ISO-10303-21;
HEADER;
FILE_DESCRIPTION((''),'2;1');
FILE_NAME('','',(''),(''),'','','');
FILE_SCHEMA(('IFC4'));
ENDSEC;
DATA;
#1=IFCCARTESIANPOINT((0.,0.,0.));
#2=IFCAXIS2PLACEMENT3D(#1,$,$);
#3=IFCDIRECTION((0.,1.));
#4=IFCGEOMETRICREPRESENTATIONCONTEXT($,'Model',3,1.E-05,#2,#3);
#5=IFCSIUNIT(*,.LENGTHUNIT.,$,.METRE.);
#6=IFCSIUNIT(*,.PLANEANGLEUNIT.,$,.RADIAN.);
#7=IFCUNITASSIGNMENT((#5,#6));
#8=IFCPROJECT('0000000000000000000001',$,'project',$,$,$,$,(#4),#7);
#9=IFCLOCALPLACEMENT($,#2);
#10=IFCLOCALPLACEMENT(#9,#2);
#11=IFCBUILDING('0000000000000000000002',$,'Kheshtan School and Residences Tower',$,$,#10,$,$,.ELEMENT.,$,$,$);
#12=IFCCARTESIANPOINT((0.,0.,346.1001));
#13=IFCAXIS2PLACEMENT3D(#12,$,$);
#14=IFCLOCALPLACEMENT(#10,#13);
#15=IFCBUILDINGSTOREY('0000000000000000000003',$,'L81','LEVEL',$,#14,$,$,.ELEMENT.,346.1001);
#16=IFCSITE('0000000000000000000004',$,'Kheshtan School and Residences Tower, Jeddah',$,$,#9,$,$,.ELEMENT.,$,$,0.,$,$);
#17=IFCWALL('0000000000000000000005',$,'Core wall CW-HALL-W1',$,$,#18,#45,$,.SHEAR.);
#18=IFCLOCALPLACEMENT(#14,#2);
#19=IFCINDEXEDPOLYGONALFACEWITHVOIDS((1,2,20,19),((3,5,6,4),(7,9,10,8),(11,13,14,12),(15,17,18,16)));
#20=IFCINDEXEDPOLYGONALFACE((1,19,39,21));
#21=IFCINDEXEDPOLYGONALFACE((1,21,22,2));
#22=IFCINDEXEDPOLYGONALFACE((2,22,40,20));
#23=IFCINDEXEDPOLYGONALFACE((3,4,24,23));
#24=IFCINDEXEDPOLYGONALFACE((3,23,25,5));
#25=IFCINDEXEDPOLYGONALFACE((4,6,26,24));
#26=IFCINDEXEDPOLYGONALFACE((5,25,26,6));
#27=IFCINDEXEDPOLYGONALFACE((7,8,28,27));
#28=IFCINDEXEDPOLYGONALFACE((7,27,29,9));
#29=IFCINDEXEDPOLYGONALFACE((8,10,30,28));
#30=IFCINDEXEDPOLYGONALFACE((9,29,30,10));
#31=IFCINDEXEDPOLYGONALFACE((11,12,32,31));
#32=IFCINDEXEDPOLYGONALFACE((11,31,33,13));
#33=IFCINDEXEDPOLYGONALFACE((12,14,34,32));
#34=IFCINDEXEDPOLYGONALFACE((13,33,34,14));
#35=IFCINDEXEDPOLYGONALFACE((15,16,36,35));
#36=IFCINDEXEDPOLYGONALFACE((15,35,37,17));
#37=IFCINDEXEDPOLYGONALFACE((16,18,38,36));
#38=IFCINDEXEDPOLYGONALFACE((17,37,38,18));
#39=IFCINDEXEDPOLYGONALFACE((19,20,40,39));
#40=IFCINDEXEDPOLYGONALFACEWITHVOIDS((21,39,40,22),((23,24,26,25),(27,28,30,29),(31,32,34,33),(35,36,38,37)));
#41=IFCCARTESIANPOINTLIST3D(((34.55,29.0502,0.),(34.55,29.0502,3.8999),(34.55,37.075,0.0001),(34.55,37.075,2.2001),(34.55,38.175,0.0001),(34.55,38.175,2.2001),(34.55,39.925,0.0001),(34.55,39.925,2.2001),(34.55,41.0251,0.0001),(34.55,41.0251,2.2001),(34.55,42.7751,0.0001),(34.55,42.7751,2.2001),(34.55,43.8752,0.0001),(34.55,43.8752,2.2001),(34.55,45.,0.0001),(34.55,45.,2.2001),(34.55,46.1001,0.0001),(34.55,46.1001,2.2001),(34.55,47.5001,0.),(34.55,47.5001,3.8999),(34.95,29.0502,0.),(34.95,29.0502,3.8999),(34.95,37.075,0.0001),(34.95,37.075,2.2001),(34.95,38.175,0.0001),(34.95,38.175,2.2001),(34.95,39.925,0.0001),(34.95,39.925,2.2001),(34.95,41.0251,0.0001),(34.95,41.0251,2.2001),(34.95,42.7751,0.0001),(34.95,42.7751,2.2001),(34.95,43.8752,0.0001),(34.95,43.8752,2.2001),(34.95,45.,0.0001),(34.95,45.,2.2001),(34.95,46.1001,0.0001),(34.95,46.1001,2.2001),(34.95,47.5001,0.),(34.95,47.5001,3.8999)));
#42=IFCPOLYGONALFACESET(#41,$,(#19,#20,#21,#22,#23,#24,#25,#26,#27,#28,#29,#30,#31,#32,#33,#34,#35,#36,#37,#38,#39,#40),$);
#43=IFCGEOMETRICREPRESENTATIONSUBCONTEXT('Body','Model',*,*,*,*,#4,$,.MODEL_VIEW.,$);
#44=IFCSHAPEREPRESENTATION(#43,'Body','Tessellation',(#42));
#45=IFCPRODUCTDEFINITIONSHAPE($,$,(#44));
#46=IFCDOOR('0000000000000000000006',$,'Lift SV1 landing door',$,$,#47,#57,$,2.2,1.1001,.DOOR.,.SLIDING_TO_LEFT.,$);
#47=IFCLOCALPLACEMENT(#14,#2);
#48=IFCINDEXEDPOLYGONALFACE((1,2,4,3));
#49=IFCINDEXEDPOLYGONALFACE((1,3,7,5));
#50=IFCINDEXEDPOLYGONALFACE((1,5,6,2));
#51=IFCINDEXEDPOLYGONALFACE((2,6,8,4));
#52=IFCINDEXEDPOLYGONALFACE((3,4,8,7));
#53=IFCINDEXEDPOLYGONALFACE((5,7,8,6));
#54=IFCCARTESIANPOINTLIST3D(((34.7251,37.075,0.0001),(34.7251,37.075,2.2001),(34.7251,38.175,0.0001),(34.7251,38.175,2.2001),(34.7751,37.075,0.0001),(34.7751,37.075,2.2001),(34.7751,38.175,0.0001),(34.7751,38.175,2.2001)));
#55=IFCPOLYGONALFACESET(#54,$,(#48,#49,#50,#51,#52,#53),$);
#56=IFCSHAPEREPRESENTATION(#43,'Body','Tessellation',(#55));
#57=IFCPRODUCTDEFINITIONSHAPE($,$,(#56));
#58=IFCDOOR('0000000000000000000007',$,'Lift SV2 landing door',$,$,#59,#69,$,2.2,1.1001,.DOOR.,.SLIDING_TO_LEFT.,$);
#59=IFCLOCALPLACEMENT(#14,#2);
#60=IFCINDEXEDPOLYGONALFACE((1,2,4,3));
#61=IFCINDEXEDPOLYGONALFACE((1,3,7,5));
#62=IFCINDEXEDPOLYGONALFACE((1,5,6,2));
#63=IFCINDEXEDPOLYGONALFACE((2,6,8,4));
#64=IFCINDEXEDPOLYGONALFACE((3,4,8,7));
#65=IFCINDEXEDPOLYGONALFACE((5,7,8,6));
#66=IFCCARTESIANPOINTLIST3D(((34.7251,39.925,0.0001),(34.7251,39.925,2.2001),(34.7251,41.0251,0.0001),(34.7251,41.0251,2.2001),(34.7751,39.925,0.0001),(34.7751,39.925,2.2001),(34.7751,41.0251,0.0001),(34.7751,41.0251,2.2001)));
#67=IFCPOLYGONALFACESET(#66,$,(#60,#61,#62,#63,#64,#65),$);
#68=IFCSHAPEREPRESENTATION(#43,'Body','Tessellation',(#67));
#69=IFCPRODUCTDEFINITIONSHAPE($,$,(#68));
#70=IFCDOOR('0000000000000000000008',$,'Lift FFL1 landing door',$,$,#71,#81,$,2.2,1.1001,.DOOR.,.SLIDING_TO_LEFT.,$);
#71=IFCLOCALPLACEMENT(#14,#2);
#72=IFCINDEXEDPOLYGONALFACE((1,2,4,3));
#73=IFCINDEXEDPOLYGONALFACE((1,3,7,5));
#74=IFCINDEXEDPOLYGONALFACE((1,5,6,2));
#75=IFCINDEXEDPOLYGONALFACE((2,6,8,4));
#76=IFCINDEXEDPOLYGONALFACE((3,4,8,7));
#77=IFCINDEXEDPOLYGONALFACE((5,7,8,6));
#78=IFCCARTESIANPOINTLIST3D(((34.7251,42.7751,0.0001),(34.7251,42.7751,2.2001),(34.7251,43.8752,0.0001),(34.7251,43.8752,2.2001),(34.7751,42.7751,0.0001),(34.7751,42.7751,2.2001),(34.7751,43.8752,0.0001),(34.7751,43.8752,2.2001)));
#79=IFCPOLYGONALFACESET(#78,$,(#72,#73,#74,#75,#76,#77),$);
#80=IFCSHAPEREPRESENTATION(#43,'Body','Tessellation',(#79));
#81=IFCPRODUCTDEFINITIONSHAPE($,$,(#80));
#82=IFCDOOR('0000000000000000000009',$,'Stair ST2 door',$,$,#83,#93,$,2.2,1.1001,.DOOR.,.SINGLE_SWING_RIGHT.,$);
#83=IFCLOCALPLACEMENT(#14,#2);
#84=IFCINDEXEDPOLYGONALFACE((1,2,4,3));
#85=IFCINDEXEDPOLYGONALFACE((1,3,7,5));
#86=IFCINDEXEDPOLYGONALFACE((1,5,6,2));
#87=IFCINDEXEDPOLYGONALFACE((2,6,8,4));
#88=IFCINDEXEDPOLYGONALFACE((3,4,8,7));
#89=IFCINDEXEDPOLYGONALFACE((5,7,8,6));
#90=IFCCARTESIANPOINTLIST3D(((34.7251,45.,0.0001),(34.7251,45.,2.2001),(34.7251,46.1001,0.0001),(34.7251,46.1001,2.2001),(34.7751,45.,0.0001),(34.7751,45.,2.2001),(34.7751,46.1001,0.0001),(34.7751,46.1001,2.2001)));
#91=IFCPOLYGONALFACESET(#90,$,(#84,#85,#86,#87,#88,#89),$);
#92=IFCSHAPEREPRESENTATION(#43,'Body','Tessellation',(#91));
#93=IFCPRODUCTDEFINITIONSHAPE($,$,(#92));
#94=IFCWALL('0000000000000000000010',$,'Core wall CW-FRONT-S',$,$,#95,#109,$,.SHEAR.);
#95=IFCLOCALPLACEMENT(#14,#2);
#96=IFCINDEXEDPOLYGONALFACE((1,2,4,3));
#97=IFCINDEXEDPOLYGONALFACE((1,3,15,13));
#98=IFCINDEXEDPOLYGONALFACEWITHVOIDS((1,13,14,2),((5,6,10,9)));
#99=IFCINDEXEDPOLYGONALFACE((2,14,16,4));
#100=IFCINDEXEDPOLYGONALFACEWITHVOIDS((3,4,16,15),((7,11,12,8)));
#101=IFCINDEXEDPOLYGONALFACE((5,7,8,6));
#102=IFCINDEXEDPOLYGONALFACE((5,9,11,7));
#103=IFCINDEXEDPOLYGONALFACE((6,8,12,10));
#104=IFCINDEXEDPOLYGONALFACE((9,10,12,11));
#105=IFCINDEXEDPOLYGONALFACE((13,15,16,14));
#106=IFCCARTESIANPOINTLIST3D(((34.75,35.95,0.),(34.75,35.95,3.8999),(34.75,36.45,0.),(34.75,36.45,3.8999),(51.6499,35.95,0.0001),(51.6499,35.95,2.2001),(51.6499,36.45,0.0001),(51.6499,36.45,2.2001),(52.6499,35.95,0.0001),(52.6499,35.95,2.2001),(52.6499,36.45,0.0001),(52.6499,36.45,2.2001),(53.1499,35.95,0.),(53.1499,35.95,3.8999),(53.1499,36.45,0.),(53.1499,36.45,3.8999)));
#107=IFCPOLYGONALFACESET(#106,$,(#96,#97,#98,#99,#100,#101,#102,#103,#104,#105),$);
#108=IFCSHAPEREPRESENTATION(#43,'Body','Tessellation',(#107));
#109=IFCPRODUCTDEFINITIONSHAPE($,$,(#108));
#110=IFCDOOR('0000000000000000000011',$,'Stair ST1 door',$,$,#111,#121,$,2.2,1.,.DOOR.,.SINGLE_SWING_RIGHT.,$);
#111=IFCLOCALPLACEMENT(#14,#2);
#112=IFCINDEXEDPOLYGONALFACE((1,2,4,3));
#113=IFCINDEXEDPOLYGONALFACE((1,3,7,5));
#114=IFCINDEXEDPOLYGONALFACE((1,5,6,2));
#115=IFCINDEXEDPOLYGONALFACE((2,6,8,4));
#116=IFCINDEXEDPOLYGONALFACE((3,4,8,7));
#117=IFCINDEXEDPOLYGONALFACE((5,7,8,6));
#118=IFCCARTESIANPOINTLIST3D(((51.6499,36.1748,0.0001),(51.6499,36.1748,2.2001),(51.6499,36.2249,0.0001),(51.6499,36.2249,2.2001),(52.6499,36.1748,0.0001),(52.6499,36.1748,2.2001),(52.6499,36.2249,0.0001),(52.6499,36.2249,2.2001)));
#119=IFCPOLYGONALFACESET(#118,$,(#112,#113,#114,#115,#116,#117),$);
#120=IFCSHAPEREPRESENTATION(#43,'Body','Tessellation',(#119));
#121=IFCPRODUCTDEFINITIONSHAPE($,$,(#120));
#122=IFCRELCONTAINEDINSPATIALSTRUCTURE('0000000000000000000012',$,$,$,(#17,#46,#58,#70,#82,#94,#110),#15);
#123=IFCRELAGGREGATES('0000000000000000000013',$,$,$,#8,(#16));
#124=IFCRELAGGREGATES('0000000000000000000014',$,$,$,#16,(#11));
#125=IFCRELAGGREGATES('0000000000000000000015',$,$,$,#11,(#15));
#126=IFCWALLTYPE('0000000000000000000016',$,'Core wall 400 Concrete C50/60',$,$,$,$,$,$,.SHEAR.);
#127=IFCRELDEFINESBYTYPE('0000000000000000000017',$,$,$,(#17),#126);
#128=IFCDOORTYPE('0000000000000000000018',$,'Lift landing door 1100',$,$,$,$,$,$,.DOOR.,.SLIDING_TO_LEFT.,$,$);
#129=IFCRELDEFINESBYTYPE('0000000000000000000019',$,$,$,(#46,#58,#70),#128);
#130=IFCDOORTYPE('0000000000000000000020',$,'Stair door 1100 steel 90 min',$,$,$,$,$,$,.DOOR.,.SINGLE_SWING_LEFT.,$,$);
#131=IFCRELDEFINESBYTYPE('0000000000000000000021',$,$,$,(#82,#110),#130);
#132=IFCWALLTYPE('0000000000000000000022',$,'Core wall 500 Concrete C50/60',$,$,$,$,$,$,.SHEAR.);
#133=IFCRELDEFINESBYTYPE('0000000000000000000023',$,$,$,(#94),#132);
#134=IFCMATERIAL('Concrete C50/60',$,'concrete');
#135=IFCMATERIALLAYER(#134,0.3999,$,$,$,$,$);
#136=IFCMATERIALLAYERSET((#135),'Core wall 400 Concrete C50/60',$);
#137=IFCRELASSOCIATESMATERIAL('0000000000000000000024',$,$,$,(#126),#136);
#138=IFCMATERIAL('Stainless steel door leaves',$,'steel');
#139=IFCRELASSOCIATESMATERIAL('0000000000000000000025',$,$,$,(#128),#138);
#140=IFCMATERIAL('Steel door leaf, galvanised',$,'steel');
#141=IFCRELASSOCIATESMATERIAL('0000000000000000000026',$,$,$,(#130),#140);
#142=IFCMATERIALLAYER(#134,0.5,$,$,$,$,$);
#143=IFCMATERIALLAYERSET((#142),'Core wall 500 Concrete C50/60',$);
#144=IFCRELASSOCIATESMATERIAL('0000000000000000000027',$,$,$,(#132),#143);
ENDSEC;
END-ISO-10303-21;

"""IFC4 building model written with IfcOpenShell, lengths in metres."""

from ifc_helpers import new_model, si_unit, direction, frame, frame_2d, origin, place, context, subcontext, project, spatial, rectangle, extrude, source, transform, mapped, material, layer, layer_set, type_object, element, fill, save


model = new_model("IFC4")

# Units and contexts
model_context = context("Model", 3, precision=1e-05, world=origin(), true_north=direction((0.0, 1.0)))
body_context = subcontext(model_context, "Body", "Model", "MODEL_VIEW")
ifc_project = project(units=[si_unit("LENGTHUNIT", "METRE"), si_unit("PLANEANGLEUNIT", "RADIAN")], contexts=[model_context])

# Site, building, storey
site_placement = place(None, origin())
site = spatial("IfcSite", under=ifc_project, at=site_placement, Name="Kheshtan School and Residences Tower, Jeddah", CompositionType="ELEMENT", RefElevation=0.0)
building_placement = place(site_placement, origin())
building = spatial("IfcBuilding", under=site, at=building_placement, Name="Kheshtan School and Residences Tower", CompositionType="ELEMENT")
storey_placement = place(building_placement, frame((0.0, 0.0, 346.1001)))
storey = spatial("IfcBuildingStorey", under=building, at=storey_placement, Name="L81", Description="LEVEL", CompositionType="ELEMENT", Elevation=346.1001)

# Wall, openings, doors
ifc_material_1 = material(Name="Concrete C50/60", Category="concrete")
ifc_layer_1 = layer(ifc_material_1, 0.3999)
ifc_layer_set_1 = layer_set([ifc_layer_1], Name="Core wall 400 Concrete C50/60")
wall_type_1 = type_object("IfcWallType", Name="Core wall 400 Concrete C50/60", PredefinedType="SHEAR", material=ifc_layer_set_1)
ifc_material_2 = material(Name="Stainless steel door leaves", Category="steel")
door_type_1 = type_object("IfcDoorType", Name="Lift landing door 1100", OperationType="SLIDING_TO_LEFT", PredefinedType="DOOR", material=ifc_material_2)
shared_shape_1 = source(origin(), body_context, "Body", "SweptSolid", [
    extrude(rectangle(XDim=1.1001, YDim=2.2, at=frame_2d((0.55, 1.1001))), frame((0.0, 0.0249, 0.0), z_axis=(0.0, -1.0, 0.0), x_axis=(1.0, 0.0, 0.0)), (0.0, 0.0, 1.0), 0.05),
])
ifc_material_3 = material(Name="Steel door leaf, galvanised", Category="steel")
wall_1_placement = place(storey_placement, frame((34.75, 29.05, 0.0), z_axis=(0.0, 0.0, 1.0), x_axis=(0.0, 1.0, 0.0)))
wall_1 = element("IfcWall", 1, at=wall_1_placement, inside=storey, type_object=wall_type_1, Name="Core wall CW-HALL-W1", PredefinedType="SHEAR", context=body_context, shape_type="SweptSolid", body=[
    extrude(rectangle(XDim=18.45, YDim=0.3999, at=frame_2d((9.2251, 0.0))), origin(), (0.0, 0.0, 1.0), 3.8999),
])
opening_1_placement = place(wall_1_placement, frame((8.0249, 0.0, 0.0)))
opening_1 = element("IfcOpeningElement", 2, at=opening_1_placement, cuts=wall_1, PredefinedType="OPENING", context=body_context, shape_type="SweptSolid", body=[
    extrude(rectangle(XDim=1.1001, YDim=2.2, at=frame_2d((0.55, 1.1001))), frame((0.0, 0.21, 0.0), z_axis=(0.0, -1.0, 0.0), x_axis=(1.0, 0.0, 0.0)), (0.0, 0.0, 1.0), 0.4199),
])
opening_2_placement = place(wall_1_placement, frame((10.875, 0.0, 0.0)))
opening_2 = element("IfcOpeningElement", 3, at=opening_2_placement, cuts=wall_1, PredefinedType="OPENING", context=body_context, shape_type="SweptSolid", body=[
    extrude(rectangle(XDim=1.1001, YDim=2.2, at=frame_2d((0.55, 1.1001))), frame((0.0, 0.21, 0.0), z_axis=(0.0, -1.0, 0.0), x_axis=(1.0, 0.0, 0.0)), (0.0, 0.0, 1.0), 0.4199),
])
opening_3_placement = place(wall_1_placement, frame((13.7251, 0.0, 0.0)))
opening_3 = element("IfcOpeningElement", 4, at=opening_3_placement, cuts=wall_1, PredefinedType="OPENING", context=body_context, shape_type="SweptSolid", body=[
    extrude(rectangle(XDim=1.1001, YDim=2.2, at=frame_2d((0.55, 1.1001))), frame((0.0, 0.21, 0.0), z_axis=(0.0, -1.0, 0.0), x_axis=(1.0, 0.0, 0.0)), (0.0, 0.0, 1.0), 0.4199),
])
opening_4_placement = place(wall_1_placement, frame((15.95, 0.0, 0.0)))
opening_4 = element("IfcOpeningElement", 5, at=opening_4_placement, cuts=wall_1, PredefinedType="OPENING", context=body_context, shape_type="SweptSolid", body=[
    extrude(rectangle(XDim=1.1001, YDim=2.2, at=frame_2d((0.55, 1.1001))), frame((0.0, 0.21, 0.0), z_axis=(0.0, -1.0, 0.0), x_axis=(1.0, 0.0, 0.0)), (0.0, 0.0, 1.0), 0.4199),
])
door_1_placement = place(opening_1_placement, origin())
door_1 = element("IfcDoor", 6, at=door_1_placement, inside=storey, type_object=door_type_1, Name="Lift SV1 landing door", OperationType="SLIDING_TO_LEFT", OverallHeight=2.2, OverallWidth=1.1001, PredefinedType="DOOR", context=body_context, shape_type="MappedRepresentation", body=[
    mapped(shared_shape_1, transform((0.0, 0.0, 0.0), x_axis=(1.0, 0.0, 0.0), y_axis=(0.0, 1.0, 0.0), z_axis=(0.0, 0.0, 1.0), scale=1.0)),
])
fill(opening_1, door_1)
door_2_placement = place(opening_2_placement, origin())
door_2 = element("IfcDoor", 7, at=door_2_placement, inside=storey, type_object=door_type_1, Name="Lift SV2 landing door", OperationType="SLIDING_TO_LEFT", OverallHeight=2.2, OverallWidth=1.1001, PredefinedType="DOOR", context=body_context, shape_type="MappedRepresentation", body=[
    mapped(shared_shape_1, transform((0.0, 0.0, 0.0), x_axis=(1.0, 0.0, 0.0), y_axis=(0.0, 1.0, 0.0), z_axis=(0.0, 0.0, 1.0), scale=1.0)),
])
fill(opening_2, door_2)
door_3_placement = place(opening_3_placement, origin())
door_3 = element("IfcDoor", 8, at=door_3_placement, inside=storey, type_object=door_type_1, Name="Lift FFL1 landing door", OperationType="SLIDING_TO_LEFT", OverallHeight=2.2, OverallWidth=1.1001, PredefinedType="DOOR", context=body_context, shape_type="MappedRepresentation", body=[
    mapped(shared_shape_1, transform((0.0, 0.0, 0.0), x_axis=(1.0, 0.0, 0.0), y_axis=(0.0, 1.0, 0.0), z_axis=(0.0, 0.0, 1.0), scale=1.0)),
])
fill(opening_3, door_3)
door_type_2 = type_object("IfcDoorType", Name="Stair door 1100 steel 90 min", OperationType="SINGLE_SWING_LEFT", PredefinedType="DOOR", material=ifc_material_3)
shared_shape_2 = source(origin(), body_context, "Body", "SweptSolid", [
    extrude(rectangle(XDim=1.1001, YDim=2.2, at=frame_2d((0.55, 1.1001))), frame((0.0, 0.0249, 0.0), z_axis=(0.0, -1.0, 0.0), x_axis=(1.0, 0.0, 0.0)), (0.0, 0.0, 1.0), 0.05),
])
door_4_placement = place(opening_4_placement, origin())
door_4 = element("IfcDoor", 9, at=door_4_placement, inside=storey, type_object=door_type_2, Name="Stair ST2 door", OperationType="SINGLE_SWING_RIGHT", OverallHeight=2.2, OverallWidth=1.1001, PredefinedType="DOOR", context=body_context, shape_type="MappedRepresentation", body=[
    mapped(shared_shape_2, transform((0.0, 0.0, 0.0), x_axis=(1.0, 0.0, 0.0), y_axis=(0.0, 1.0, 0.0), z_axis=(0.0, 0.0, 1.0), scale=1.0)),
])
fill(opening_4, door_4)

# Wall, opening, door
ifc_layer_2 = layer(ifc_material_1, 0.5)
ifc_layer_set_2 = layer_set([ifc_layer_2], Name="Core wall 500 Concrete C50/60")
wall_type_2 = type_object("IfcWallType", Name="Core wall 500 Concrete C50/60", PredefinedType="SHEAR", material=ifc_layer_set_2)
wall_2_placement = place(storey_placement, frame((34.75, 36.2, 0.0), z_axis=(0.0, 0.0, 1.0), x_axis=(1.0, 0.0, 0.0)))
wall_2 = element("IfcWall", 10, at=wall_2_placement, inside=storey, type_object=wall_type_2, Name="Core wall CW-FRONT-S", PredefinedType="SHEAR", context=body_context, shape_type="SweptSolid", body=[
    extrude(rectangle(XDim=18.3999, YDim=0.5, at=frame_2d((9.2, 0.0))), origin(), (0.0, 0.0, 1.0), 3.8999),
])
opening_5_placement = place(wall_2_placement, frame((16.8999, 0.0, 0.0)))
opening_5 = element("IfcOpeningElement", 11, at=opening_5_placement, cuts=wall_2, PredefinedType="OPENING", context=body_context, shape_type="SweptSolid", body=[
    extrude(rectangle(XDim=1.0, YDim=2.2, at=frame_2d((0.5, 1.1001))), frame((0.0, 0.26, 0.0), z_axis=(0.0, -1.0, 0.0), x_axis=(1.0, 0.0, 0.0)), (0.0, 0.0, 1.0), 0.52),
])
shared_shape_3 = source(origin(), body_context, "Body", "SweptSolid", [
    extrude(rectangle(XDim=1.0, YDim=2.2, at=frame_2d((0.5, 1.1001))), frame((0.0, 0.0249, 0.0), z_axis=(0.0, -1.0, 0.0), x_axis=(1.0, 0.0, 0.0)), (0.0, 0.0, 1.0), 0.05),
])
door_5_placement = place(opening_5_placement, origin())
door_5 = element("IfcDoor", 12, at=door_5_placement, inside=storey, type_object=door_type_2, Name="Stair ST1 door", OperationType="SINGLE_SWING_RIGHT", OverallHeight=2.2, OverallWidth=1.0, PredefinedType="DOOR", context=body_context, shape_type="MappedRepresentation", body=[
    mapped(shared_shape_3, transform((0.0, 0.0, 0.0), x_axis=(1.0, 0.0, 0.0), y_axis=(0.0, 1.0, 0.0), z_axis=(0.0, 0.0, 1.0), scale=1.0)),
])
fill(opening_5, door_5)

save(model, "model.ifc")
